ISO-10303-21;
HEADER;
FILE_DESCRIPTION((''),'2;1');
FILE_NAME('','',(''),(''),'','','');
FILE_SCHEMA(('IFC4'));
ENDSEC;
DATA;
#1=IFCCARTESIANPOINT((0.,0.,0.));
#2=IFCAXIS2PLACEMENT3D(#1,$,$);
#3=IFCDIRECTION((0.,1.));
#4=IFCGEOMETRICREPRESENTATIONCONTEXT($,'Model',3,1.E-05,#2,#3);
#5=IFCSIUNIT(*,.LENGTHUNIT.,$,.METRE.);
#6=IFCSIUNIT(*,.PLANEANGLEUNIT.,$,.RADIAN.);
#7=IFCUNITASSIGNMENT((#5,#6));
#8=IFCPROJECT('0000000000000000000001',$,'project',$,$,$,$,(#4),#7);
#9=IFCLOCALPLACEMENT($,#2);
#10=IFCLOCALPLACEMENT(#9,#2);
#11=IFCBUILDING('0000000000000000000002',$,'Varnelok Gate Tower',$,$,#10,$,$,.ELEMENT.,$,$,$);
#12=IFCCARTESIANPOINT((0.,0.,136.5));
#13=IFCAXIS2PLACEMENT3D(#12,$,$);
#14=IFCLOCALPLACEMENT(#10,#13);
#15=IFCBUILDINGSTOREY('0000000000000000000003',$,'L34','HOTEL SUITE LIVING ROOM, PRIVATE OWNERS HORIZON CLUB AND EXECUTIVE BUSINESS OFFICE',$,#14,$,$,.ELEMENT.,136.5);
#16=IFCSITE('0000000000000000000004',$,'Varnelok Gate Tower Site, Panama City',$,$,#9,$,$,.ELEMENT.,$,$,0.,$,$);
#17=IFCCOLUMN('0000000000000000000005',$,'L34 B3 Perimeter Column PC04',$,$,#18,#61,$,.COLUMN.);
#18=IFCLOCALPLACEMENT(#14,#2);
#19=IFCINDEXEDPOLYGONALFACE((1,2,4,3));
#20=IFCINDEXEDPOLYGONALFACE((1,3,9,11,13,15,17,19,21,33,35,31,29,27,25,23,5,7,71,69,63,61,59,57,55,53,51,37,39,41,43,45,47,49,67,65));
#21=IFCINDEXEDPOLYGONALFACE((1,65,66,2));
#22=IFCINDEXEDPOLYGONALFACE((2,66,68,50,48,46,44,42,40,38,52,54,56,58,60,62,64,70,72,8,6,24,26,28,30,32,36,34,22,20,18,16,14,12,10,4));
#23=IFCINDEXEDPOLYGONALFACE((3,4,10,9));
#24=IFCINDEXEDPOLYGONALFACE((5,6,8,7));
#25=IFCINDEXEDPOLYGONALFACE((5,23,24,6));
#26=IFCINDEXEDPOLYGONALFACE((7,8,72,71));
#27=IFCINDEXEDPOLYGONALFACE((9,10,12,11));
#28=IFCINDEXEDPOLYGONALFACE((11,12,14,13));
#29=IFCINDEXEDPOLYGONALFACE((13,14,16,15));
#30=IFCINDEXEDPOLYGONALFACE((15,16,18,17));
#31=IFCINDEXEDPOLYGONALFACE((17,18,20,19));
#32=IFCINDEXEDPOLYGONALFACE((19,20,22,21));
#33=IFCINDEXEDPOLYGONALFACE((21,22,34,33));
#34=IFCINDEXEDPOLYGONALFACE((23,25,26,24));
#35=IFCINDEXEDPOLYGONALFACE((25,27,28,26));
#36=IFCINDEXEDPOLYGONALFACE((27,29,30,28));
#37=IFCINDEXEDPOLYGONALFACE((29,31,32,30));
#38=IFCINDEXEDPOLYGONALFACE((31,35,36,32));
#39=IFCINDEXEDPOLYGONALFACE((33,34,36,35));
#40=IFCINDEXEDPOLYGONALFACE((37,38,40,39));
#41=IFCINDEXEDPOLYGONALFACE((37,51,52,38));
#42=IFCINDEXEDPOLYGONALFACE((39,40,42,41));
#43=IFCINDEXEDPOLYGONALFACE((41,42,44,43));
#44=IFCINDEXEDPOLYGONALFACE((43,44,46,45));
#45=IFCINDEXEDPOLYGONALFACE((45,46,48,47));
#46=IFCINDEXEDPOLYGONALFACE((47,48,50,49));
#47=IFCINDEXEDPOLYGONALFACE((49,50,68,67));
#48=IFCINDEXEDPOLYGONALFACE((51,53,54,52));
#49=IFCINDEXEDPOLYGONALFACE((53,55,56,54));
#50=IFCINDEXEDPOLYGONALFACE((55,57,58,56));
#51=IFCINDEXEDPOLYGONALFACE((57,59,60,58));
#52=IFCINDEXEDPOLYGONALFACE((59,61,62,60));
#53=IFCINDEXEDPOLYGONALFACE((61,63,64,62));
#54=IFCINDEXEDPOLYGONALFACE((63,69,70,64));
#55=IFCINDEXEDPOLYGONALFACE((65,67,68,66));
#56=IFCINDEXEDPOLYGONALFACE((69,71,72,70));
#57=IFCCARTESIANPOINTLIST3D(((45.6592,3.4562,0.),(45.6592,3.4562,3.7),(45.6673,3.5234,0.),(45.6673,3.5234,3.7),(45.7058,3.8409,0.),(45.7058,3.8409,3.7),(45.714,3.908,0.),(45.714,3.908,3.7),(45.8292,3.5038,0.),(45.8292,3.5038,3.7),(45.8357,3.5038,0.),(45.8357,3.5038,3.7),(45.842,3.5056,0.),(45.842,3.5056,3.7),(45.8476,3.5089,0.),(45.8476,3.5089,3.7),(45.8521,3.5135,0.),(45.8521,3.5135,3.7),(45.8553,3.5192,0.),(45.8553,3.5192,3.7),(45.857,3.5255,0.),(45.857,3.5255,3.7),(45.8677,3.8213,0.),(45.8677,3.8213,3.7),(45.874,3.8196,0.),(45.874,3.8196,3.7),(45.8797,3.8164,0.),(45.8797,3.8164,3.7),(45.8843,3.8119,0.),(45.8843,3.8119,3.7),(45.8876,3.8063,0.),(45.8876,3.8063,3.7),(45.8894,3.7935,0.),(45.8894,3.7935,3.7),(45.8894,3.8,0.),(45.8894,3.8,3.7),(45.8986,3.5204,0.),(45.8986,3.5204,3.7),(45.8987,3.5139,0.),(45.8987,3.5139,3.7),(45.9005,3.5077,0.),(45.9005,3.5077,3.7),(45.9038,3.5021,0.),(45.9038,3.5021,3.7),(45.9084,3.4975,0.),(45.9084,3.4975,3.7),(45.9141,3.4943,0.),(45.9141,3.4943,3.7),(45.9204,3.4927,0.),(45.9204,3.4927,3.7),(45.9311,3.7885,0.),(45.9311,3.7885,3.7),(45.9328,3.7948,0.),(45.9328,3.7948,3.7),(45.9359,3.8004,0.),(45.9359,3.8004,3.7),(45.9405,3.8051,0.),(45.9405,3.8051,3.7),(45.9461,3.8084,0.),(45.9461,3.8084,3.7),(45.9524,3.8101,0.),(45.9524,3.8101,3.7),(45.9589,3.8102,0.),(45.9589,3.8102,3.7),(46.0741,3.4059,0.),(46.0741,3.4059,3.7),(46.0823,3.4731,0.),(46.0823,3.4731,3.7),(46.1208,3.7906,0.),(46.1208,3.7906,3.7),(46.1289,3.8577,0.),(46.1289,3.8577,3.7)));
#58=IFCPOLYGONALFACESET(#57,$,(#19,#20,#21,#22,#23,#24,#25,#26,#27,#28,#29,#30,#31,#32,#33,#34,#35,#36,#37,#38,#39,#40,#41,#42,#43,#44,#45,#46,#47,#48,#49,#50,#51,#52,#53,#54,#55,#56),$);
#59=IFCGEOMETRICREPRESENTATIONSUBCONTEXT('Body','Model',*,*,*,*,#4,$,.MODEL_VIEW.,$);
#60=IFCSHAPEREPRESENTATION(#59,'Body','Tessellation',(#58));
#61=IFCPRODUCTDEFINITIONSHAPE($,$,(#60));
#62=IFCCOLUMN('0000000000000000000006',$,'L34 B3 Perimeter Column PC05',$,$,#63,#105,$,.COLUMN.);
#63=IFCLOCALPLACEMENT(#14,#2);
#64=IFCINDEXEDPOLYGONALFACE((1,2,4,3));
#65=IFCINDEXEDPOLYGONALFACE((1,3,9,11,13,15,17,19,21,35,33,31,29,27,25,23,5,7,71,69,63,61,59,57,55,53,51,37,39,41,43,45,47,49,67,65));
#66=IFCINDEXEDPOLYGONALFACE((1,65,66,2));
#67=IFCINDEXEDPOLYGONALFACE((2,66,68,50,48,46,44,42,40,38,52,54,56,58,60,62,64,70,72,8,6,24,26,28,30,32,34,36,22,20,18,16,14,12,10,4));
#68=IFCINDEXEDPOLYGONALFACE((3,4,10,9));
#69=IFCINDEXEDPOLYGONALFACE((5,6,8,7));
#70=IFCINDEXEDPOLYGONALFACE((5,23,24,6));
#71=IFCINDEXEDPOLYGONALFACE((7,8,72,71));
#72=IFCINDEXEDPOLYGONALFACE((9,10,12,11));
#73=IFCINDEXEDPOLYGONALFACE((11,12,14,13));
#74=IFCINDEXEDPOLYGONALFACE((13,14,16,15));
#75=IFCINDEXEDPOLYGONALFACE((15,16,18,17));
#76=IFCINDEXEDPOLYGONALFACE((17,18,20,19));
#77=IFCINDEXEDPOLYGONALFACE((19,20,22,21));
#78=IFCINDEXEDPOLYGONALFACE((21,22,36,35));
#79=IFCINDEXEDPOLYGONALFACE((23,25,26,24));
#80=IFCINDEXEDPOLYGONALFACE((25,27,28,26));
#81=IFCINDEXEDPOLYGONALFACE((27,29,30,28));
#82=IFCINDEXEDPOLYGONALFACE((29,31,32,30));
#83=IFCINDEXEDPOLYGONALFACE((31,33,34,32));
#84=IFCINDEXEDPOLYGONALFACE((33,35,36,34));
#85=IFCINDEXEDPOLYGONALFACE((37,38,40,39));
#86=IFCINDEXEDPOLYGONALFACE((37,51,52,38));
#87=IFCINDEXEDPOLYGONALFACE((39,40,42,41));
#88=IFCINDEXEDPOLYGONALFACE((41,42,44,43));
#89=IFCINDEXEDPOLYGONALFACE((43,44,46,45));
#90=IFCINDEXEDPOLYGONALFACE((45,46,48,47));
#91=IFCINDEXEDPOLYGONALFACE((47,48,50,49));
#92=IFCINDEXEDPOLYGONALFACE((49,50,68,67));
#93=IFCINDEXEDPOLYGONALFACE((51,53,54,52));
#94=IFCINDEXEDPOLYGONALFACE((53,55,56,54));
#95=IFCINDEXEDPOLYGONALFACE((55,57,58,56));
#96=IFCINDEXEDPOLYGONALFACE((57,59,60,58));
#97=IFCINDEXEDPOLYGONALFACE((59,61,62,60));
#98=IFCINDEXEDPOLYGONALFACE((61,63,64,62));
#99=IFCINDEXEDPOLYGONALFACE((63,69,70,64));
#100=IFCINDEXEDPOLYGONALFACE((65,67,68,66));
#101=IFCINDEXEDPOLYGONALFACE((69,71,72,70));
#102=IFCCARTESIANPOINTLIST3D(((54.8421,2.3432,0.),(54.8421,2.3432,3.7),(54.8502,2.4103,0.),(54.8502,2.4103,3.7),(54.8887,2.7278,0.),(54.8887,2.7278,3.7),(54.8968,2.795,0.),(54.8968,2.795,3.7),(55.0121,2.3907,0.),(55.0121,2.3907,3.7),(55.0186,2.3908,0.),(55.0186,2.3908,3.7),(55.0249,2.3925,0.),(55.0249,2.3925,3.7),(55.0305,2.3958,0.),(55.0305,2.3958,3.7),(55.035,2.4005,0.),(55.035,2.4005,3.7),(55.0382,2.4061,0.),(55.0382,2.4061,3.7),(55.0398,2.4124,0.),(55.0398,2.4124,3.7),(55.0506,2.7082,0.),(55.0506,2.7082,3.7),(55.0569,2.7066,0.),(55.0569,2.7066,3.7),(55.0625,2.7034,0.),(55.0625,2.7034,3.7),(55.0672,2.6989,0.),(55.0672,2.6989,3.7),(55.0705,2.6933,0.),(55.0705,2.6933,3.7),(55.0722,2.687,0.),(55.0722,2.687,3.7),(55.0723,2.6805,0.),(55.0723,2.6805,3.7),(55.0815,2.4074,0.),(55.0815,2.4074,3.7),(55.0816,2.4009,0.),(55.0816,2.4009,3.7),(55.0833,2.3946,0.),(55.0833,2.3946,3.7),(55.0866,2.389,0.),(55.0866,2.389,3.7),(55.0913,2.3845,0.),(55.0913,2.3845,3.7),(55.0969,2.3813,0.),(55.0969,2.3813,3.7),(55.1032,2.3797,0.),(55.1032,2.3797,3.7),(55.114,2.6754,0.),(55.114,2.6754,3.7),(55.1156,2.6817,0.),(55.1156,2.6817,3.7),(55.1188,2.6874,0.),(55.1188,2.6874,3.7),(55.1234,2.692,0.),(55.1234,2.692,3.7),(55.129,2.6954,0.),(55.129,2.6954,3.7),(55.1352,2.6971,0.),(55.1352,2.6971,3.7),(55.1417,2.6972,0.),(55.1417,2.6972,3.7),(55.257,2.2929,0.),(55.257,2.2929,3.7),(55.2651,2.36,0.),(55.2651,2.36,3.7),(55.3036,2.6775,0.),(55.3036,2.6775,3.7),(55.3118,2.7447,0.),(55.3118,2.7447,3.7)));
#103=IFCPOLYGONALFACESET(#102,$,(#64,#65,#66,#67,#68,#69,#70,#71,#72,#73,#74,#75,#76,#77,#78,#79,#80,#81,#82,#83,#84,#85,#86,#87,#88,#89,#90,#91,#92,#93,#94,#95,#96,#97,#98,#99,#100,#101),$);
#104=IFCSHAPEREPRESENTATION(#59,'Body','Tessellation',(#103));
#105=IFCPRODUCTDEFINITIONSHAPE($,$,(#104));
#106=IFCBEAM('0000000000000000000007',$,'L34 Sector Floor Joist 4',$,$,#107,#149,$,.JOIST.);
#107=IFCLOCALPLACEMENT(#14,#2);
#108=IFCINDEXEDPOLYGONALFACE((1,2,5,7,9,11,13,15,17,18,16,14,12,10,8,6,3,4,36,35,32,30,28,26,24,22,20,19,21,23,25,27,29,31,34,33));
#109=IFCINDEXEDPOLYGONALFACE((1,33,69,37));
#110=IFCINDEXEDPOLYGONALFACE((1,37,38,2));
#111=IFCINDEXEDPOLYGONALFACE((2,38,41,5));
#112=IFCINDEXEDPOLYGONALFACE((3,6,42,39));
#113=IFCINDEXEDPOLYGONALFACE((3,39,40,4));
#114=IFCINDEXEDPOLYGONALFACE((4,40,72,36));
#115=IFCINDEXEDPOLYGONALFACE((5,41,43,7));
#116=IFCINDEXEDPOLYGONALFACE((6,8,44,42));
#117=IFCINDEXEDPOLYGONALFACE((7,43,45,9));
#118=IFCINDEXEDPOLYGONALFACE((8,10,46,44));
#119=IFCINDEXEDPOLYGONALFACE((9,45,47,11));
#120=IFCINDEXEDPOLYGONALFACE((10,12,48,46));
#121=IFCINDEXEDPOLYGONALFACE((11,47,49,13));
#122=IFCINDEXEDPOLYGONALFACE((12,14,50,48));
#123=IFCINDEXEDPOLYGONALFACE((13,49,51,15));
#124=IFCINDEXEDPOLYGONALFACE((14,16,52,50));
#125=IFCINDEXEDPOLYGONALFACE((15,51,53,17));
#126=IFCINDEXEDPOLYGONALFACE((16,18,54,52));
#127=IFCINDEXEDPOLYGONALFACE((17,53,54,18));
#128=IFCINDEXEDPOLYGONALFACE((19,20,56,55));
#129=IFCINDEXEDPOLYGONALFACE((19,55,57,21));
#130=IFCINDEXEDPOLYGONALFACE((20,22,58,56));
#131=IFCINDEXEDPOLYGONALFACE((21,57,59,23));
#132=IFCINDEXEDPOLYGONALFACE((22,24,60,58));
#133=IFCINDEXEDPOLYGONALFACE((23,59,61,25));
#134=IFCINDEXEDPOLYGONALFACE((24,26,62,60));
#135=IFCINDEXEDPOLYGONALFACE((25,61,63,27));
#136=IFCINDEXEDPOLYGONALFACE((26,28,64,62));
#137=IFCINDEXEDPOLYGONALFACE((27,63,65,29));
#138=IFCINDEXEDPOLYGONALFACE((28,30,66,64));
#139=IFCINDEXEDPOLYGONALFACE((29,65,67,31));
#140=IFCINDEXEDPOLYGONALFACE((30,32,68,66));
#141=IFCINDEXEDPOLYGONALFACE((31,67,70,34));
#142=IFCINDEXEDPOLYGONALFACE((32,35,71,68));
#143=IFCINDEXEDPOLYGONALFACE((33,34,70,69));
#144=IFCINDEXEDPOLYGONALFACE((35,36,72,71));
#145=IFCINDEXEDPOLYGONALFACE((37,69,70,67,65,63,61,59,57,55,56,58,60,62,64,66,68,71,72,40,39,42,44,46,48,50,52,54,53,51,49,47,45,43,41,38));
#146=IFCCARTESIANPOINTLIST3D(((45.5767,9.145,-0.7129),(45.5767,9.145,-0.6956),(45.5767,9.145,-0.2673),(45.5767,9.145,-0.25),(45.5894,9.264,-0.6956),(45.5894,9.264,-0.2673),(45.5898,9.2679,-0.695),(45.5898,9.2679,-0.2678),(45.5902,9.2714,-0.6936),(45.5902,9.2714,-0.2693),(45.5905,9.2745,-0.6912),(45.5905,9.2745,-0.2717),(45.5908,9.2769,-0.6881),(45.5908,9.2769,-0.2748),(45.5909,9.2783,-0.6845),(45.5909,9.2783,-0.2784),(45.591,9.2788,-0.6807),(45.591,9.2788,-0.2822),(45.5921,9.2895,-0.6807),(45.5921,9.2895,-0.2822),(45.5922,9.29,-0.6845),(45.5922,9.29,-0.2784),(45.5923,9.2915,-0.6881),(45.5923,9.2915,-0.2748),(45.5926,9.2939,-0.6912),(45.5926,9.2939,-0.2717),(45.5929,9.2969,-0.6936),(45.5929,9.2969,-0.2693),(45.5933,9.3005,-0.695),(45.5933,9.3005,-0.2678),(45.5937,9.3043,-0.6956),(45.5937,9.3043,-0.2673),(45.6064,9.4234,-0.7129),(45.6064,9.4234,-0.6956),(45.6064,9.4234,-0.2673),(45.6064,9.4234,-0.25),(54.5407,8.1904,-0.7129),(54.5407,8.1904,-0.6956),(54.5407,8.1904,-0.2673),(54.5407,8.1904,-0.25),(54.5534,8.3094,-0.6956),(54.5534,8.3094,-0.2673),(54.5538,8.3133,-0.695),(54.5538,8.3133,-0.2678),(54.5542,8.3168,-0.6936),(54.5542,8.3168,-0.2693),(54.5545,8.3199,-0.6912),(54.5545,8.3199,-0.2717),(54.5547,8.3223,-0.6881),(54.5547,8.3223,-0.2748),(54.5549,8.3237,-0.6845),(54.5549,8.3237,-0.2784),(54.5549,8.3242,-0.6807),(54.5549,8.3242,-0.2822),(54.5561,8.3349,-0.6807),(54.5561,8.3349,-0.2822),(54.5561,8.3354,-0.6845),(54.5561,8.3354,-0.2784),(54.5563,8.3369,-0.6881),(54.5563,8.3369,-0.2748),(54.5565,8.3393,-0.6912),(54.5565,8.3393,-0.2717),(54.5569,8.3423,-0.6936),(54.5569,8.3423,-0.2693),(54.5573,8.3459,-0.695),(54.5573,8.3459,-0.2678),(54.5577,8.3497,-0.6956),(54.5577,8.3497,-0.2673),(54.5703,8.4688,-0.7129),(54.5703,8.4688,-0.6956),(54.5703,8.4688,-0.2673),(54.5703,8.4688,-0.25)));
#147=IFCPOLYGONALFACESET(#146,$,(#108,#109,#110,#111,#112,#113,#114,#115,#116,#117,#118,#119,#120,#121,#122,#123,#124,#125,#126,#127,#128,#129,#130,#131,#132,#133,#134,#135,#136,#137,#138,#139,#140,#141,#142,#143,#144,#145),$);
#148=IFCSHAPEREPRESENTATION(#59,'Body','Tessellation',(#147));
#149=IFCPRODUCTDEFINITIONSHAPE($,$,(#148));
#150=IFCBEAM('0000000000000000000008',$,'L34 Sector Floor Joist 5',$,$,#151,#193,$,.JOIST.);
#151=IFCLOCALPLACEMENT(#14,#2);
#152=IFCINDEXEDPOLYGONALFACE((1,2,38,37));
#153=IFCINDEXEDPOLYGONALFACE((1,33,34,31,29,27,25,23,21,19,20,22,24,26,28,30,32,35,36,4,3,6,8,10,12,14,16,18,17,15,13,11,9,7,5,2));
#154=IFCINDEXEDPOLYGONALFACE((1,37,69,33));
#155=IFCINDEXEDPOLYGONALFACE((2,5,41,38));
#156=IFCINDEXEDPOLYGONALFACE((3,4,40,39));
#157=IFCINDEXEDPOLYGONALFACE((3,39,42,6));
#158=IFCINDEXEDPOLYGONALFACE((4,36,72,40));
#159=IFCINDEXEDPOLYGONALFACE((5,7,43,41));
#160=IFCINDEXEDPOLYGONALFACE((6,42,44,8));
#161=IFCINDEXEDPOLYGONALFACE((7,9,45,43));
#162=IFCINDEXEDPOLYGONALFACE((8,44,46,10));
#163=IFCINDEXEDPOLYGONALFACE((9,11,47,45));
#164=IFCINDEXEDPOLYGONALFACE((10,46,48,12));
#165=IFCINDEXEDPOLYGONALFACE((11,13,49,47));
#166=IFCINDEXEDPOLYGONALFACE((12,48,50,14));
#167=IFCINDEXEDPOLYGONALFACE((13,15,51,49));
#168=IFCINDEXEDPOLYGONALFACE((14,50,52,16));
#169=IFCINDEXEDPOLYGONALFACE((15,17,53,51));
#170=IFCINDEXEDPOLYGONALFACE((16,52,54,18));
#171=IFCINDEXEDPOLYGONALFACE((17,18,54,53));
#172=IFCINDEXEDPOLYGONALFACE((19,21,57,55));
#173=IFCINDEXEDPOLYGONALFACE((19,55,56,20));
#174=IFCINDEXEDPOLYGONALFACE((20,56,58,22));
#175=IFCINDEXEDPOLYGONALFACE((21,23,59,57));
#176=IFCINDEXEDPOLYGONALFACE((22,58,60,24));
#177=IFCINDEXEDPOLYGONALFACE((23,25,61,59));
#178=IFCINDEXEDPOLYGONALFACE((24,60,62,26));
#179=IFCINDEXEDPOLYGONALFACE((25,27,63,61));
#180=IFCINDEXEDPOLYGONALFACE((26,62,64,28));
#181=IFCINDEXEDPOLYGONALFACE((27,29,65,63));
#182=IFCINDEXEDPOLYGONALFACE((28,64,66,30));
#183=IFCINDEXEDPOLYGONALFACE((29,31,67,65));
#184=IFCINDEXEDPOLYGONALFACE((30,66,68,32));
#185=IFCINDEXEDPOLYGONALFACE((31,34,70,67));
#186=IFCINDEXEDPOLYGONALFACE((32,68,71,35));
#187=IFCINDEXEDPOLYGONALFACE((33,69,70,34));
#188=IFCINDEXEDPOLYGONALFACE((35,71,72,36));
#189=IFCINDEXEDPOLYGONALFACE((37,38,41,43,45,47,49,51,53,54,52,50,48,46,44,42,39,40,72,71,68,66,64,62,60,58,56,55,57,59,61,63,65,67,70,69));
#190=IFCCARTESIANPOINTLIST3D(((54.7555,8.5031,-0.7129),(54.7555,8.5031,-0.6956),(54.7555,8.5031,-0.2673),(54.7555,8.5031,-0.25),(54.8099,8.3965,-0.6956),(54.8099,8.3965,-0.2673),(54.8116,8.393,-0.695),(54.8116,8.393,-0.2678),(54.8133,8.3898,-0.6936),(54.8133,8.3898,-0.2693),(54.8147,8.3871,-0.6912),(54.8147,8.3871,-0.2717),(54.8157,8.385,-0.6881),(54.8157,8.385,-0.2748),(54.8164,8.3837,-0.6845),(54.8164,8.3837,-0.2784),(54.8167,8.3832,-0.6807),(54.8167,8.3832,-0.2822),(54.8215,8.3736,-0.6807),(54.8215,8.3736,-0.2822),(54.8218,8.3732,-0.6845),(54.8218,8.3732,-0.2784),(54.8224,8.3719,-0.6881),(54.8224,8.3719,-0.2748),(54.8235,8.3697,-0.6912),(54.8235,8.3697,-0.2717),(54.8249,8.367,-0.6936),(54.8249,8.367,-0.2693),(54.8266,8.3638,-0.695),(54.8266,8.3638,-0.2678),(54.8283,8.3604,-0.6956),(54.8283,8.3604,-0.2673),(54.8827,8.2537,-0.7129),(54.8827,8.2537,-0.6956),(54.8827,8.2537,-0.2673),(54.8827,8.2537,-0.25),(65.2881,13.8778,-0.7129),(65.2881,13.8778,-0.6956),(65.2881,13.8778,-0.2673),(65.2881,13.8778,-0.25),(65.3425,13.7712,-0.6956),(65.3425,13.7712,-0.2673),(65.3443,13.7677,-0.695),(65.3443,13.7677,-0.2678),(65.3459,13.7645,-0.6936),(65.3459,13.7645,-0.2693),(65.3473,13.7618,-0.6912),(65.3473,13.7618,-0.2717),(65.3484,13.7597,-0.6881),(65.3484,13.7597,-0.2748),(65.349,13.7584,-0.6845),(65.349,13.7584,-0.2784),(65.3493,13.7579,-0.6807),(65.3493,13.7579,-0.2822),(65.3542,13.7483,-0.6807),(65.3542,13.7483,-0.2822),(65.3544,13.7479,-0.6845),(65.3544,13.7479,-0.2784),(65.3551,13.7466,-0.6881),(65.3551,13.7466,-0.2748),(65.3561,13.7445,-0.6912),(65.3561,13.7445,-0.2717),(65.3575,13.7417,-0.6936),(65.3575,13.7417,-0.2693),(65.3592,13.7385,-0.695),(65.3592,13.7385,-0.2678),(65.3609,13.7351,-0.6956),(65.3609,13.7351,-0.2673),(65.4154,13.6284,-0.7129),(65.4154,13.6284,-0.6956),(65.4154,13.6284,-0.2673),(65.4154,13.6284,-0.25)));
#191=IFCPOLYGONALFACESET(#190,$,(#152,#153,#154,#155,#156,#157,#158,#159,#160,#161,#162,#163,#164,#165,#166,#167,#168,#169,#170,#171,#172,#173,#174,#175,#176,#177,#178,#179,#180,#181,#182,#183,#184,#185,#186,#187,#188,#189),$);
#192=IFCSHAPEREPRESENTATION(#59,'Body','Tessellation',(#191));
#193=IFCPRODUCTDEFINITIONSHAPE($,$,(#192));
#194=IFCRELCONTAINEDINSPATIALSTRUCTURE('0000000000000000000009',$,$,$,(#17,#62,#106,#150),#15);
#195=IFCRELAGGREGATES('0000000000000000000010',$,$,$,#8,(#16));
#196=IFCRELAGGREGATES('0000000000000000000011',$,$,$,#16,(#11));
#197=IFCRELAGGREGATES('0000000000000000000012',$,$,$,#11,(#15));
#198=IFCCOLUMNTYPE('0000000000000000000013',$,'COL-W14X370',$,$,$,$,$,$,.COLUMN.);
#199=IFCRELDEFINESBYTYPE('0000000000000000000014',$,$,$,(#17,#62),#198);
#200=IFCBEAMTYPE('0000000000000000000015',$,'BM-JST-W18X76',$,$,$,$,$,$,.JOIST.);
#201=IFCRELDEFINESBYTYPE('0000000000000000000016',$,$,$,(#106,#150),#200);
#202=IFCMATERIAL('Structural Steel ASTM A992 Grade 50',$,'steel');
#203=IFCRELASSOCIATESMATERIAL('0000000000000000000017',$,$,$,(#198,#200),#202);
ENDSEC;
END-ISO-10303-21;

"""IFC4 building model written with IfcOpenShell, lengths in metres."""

from ifc_helpers import new_model, si_unit, direction, frame, origin, origin_2d, place, context, subcontext, project, spatial, i_section, extrude, material, material_profile, profile_set, type_object, element, save


model = new_model("IFC4")

# Units and contexts
model_context = context("Model", 3, precision=1e-05, world=origin(), true_north=direction((0.0, 1.0)))
body_context = subcontext(model_context, "Body", "Model", "MODEL_VIEW")
ifc_project = project(units=[si_unit("LENGTHUNIT", "METRE"), si_unit("PLANEANGLEUNIT", "RADIAN")], contexts=[model_context])

# Site, building, storey
site_placement = place(None, origin())
site = spatial("IfcSite", under=ifc_project, at=site_placement, Name="Varnelok Gate Tower Site, Panama City", CompositionType="ELEMENT", RefElevation=0.0)
building_placement = place(site_placement, origin())
building = spatial("IfcBuilding", under=site, at=building_placement, Name="Varnelok Gate Tower", CompositionType="ELEMENT")
storey_placement = place(building_placement, frame((0.0, 0.0, 136.5)))
storey = spatial("IfcBuildingStorey", under=building, at=storey_placement, Name="L34", Description="HOTEL SUITE LIVING ROOM, PRIVATE OWNERS HORIZON CLUB AND EXECUTIVE BUSINESS OFFICE", CompositionType="ELEMENT", Elevation=136.5)

# Columns
ifc_material_1 = material(Name="Structural Steel ASTM A992 Grade 50", Category="steel")
ifc_material_profile_1 = material_profile(ifc_material_1, i_section(OverallWidth=0.418, OverallDepth=0.4551, WebThickness=0.042, FlangeThickness=0.0676, FilletRadius=0.0249, at=origin_2d()), Name="W14X370")
ifc_profile_set_1 = profile_set([ifc_material_profile_1], Name="Structural Steel ASTM A992 Grade 50")
column_type = type_object("IfcColumnType", Name="COL-W14X370", PredefinedType="COLUMN", material=ifc_profile_set_1)
for number, where, z_axis, x_axis, name in (
    (1, (45.894, 3.657, 0.0), (0.0, 0.0, 1.0), (0.992732, -0.120345, 0.0), "L34 B3 Perimeter Column PC04"),
    (2, (55.0769, 2.5439, 0.0), (0.0, 0.0, 1.0), (0.992732, -0.120345, 0.0), "L34 B3 Perimeter Column PC05"),
):
    element("IfcColumn", number, at=place(storey_placement, frame(where, z_axis=z_axis, x_axis=x_axis)), inside=storey, type_object=column_type, Name=name, PredefinedType="COLUMN", context=body_context, shape_type="SweptSolid", body=[
        extrude(i_section(OverallWidth=0.418, OverallDepth=0.4551, WebThickness=0.042, FlangeThickness=0.0676, FilletRadius=0.0249, at=origin_2d()), origin(), (0.0, 0.0, 1.0), 3.7),
    ])

# Beams
ifc_material_profile_2 = material_profile(ifc_material_1, i_section(OverallWidth=0.28, OverallDepth=0.4629, WebThickness=0.0107, FlangeThickness=0.0173, FilletRadius=0.0149, at=origin_2d()), Name="W18X76")
ifc_profile_set_2 = profile_set([ifc_material_profile_2], Name="Structural Steel ASTM A992 Grade 50")
beam_type_1 = type_object("IfcBeamType", Name="BM-JST-W18X76", PredefinedType="JOIST", material=ifc_profile_set_2)
beam_1_placement = place(storey_placement, frame((45.5916, 9.2842, -0.4814), z_axis=(0.994377, -0.105894, 0.0), x_axis=(0.105894, 0.994377, 0.0)))
element("IfcBeam", 3, at=beam_1_placement, inside=storey, type_object=beam_type_1, Name="L34 Sector Floor Joist 4", PredefinedType="JOIST", context=body_context, shape_type="SweptSolid", body=[
    extrude(i_section(OverallWidth=0.28, OverallDepth=0.4629, WebThickness=0.0107, FlangeThickness=0.0173, FilletRadius=0.0149, at=origin_2d()), origin(), (0.0, 0.0, 1.0), 9.0146),
])
beam_2_placement = place(storey_placement, frame((54.8191, 8.3784, -0.4814), z_axis=(0.89073, 0.454532, 0.0), x_axis=(-0.454532, 0.89073, 0.0)))
element("IfcBeam", 4, at=beam_2_placement, inside=storey, type_object=beam_type_1, Name="L34 Sector Floor Joist 5", PredefinedType="JOIST", context=body_context, shape_type="SweptSolid", body=[
    extrude(i_section(OverallWidth=0.28, OverallDepth=0.4629, WebThickness=0.0107, FlangeThickness=0.0173, FilletRadius=0.0149, at=origin_2d()), origin(), (0.0, 0.0, 1.0), 11.8247),
])

save(model, "model.ifc")
